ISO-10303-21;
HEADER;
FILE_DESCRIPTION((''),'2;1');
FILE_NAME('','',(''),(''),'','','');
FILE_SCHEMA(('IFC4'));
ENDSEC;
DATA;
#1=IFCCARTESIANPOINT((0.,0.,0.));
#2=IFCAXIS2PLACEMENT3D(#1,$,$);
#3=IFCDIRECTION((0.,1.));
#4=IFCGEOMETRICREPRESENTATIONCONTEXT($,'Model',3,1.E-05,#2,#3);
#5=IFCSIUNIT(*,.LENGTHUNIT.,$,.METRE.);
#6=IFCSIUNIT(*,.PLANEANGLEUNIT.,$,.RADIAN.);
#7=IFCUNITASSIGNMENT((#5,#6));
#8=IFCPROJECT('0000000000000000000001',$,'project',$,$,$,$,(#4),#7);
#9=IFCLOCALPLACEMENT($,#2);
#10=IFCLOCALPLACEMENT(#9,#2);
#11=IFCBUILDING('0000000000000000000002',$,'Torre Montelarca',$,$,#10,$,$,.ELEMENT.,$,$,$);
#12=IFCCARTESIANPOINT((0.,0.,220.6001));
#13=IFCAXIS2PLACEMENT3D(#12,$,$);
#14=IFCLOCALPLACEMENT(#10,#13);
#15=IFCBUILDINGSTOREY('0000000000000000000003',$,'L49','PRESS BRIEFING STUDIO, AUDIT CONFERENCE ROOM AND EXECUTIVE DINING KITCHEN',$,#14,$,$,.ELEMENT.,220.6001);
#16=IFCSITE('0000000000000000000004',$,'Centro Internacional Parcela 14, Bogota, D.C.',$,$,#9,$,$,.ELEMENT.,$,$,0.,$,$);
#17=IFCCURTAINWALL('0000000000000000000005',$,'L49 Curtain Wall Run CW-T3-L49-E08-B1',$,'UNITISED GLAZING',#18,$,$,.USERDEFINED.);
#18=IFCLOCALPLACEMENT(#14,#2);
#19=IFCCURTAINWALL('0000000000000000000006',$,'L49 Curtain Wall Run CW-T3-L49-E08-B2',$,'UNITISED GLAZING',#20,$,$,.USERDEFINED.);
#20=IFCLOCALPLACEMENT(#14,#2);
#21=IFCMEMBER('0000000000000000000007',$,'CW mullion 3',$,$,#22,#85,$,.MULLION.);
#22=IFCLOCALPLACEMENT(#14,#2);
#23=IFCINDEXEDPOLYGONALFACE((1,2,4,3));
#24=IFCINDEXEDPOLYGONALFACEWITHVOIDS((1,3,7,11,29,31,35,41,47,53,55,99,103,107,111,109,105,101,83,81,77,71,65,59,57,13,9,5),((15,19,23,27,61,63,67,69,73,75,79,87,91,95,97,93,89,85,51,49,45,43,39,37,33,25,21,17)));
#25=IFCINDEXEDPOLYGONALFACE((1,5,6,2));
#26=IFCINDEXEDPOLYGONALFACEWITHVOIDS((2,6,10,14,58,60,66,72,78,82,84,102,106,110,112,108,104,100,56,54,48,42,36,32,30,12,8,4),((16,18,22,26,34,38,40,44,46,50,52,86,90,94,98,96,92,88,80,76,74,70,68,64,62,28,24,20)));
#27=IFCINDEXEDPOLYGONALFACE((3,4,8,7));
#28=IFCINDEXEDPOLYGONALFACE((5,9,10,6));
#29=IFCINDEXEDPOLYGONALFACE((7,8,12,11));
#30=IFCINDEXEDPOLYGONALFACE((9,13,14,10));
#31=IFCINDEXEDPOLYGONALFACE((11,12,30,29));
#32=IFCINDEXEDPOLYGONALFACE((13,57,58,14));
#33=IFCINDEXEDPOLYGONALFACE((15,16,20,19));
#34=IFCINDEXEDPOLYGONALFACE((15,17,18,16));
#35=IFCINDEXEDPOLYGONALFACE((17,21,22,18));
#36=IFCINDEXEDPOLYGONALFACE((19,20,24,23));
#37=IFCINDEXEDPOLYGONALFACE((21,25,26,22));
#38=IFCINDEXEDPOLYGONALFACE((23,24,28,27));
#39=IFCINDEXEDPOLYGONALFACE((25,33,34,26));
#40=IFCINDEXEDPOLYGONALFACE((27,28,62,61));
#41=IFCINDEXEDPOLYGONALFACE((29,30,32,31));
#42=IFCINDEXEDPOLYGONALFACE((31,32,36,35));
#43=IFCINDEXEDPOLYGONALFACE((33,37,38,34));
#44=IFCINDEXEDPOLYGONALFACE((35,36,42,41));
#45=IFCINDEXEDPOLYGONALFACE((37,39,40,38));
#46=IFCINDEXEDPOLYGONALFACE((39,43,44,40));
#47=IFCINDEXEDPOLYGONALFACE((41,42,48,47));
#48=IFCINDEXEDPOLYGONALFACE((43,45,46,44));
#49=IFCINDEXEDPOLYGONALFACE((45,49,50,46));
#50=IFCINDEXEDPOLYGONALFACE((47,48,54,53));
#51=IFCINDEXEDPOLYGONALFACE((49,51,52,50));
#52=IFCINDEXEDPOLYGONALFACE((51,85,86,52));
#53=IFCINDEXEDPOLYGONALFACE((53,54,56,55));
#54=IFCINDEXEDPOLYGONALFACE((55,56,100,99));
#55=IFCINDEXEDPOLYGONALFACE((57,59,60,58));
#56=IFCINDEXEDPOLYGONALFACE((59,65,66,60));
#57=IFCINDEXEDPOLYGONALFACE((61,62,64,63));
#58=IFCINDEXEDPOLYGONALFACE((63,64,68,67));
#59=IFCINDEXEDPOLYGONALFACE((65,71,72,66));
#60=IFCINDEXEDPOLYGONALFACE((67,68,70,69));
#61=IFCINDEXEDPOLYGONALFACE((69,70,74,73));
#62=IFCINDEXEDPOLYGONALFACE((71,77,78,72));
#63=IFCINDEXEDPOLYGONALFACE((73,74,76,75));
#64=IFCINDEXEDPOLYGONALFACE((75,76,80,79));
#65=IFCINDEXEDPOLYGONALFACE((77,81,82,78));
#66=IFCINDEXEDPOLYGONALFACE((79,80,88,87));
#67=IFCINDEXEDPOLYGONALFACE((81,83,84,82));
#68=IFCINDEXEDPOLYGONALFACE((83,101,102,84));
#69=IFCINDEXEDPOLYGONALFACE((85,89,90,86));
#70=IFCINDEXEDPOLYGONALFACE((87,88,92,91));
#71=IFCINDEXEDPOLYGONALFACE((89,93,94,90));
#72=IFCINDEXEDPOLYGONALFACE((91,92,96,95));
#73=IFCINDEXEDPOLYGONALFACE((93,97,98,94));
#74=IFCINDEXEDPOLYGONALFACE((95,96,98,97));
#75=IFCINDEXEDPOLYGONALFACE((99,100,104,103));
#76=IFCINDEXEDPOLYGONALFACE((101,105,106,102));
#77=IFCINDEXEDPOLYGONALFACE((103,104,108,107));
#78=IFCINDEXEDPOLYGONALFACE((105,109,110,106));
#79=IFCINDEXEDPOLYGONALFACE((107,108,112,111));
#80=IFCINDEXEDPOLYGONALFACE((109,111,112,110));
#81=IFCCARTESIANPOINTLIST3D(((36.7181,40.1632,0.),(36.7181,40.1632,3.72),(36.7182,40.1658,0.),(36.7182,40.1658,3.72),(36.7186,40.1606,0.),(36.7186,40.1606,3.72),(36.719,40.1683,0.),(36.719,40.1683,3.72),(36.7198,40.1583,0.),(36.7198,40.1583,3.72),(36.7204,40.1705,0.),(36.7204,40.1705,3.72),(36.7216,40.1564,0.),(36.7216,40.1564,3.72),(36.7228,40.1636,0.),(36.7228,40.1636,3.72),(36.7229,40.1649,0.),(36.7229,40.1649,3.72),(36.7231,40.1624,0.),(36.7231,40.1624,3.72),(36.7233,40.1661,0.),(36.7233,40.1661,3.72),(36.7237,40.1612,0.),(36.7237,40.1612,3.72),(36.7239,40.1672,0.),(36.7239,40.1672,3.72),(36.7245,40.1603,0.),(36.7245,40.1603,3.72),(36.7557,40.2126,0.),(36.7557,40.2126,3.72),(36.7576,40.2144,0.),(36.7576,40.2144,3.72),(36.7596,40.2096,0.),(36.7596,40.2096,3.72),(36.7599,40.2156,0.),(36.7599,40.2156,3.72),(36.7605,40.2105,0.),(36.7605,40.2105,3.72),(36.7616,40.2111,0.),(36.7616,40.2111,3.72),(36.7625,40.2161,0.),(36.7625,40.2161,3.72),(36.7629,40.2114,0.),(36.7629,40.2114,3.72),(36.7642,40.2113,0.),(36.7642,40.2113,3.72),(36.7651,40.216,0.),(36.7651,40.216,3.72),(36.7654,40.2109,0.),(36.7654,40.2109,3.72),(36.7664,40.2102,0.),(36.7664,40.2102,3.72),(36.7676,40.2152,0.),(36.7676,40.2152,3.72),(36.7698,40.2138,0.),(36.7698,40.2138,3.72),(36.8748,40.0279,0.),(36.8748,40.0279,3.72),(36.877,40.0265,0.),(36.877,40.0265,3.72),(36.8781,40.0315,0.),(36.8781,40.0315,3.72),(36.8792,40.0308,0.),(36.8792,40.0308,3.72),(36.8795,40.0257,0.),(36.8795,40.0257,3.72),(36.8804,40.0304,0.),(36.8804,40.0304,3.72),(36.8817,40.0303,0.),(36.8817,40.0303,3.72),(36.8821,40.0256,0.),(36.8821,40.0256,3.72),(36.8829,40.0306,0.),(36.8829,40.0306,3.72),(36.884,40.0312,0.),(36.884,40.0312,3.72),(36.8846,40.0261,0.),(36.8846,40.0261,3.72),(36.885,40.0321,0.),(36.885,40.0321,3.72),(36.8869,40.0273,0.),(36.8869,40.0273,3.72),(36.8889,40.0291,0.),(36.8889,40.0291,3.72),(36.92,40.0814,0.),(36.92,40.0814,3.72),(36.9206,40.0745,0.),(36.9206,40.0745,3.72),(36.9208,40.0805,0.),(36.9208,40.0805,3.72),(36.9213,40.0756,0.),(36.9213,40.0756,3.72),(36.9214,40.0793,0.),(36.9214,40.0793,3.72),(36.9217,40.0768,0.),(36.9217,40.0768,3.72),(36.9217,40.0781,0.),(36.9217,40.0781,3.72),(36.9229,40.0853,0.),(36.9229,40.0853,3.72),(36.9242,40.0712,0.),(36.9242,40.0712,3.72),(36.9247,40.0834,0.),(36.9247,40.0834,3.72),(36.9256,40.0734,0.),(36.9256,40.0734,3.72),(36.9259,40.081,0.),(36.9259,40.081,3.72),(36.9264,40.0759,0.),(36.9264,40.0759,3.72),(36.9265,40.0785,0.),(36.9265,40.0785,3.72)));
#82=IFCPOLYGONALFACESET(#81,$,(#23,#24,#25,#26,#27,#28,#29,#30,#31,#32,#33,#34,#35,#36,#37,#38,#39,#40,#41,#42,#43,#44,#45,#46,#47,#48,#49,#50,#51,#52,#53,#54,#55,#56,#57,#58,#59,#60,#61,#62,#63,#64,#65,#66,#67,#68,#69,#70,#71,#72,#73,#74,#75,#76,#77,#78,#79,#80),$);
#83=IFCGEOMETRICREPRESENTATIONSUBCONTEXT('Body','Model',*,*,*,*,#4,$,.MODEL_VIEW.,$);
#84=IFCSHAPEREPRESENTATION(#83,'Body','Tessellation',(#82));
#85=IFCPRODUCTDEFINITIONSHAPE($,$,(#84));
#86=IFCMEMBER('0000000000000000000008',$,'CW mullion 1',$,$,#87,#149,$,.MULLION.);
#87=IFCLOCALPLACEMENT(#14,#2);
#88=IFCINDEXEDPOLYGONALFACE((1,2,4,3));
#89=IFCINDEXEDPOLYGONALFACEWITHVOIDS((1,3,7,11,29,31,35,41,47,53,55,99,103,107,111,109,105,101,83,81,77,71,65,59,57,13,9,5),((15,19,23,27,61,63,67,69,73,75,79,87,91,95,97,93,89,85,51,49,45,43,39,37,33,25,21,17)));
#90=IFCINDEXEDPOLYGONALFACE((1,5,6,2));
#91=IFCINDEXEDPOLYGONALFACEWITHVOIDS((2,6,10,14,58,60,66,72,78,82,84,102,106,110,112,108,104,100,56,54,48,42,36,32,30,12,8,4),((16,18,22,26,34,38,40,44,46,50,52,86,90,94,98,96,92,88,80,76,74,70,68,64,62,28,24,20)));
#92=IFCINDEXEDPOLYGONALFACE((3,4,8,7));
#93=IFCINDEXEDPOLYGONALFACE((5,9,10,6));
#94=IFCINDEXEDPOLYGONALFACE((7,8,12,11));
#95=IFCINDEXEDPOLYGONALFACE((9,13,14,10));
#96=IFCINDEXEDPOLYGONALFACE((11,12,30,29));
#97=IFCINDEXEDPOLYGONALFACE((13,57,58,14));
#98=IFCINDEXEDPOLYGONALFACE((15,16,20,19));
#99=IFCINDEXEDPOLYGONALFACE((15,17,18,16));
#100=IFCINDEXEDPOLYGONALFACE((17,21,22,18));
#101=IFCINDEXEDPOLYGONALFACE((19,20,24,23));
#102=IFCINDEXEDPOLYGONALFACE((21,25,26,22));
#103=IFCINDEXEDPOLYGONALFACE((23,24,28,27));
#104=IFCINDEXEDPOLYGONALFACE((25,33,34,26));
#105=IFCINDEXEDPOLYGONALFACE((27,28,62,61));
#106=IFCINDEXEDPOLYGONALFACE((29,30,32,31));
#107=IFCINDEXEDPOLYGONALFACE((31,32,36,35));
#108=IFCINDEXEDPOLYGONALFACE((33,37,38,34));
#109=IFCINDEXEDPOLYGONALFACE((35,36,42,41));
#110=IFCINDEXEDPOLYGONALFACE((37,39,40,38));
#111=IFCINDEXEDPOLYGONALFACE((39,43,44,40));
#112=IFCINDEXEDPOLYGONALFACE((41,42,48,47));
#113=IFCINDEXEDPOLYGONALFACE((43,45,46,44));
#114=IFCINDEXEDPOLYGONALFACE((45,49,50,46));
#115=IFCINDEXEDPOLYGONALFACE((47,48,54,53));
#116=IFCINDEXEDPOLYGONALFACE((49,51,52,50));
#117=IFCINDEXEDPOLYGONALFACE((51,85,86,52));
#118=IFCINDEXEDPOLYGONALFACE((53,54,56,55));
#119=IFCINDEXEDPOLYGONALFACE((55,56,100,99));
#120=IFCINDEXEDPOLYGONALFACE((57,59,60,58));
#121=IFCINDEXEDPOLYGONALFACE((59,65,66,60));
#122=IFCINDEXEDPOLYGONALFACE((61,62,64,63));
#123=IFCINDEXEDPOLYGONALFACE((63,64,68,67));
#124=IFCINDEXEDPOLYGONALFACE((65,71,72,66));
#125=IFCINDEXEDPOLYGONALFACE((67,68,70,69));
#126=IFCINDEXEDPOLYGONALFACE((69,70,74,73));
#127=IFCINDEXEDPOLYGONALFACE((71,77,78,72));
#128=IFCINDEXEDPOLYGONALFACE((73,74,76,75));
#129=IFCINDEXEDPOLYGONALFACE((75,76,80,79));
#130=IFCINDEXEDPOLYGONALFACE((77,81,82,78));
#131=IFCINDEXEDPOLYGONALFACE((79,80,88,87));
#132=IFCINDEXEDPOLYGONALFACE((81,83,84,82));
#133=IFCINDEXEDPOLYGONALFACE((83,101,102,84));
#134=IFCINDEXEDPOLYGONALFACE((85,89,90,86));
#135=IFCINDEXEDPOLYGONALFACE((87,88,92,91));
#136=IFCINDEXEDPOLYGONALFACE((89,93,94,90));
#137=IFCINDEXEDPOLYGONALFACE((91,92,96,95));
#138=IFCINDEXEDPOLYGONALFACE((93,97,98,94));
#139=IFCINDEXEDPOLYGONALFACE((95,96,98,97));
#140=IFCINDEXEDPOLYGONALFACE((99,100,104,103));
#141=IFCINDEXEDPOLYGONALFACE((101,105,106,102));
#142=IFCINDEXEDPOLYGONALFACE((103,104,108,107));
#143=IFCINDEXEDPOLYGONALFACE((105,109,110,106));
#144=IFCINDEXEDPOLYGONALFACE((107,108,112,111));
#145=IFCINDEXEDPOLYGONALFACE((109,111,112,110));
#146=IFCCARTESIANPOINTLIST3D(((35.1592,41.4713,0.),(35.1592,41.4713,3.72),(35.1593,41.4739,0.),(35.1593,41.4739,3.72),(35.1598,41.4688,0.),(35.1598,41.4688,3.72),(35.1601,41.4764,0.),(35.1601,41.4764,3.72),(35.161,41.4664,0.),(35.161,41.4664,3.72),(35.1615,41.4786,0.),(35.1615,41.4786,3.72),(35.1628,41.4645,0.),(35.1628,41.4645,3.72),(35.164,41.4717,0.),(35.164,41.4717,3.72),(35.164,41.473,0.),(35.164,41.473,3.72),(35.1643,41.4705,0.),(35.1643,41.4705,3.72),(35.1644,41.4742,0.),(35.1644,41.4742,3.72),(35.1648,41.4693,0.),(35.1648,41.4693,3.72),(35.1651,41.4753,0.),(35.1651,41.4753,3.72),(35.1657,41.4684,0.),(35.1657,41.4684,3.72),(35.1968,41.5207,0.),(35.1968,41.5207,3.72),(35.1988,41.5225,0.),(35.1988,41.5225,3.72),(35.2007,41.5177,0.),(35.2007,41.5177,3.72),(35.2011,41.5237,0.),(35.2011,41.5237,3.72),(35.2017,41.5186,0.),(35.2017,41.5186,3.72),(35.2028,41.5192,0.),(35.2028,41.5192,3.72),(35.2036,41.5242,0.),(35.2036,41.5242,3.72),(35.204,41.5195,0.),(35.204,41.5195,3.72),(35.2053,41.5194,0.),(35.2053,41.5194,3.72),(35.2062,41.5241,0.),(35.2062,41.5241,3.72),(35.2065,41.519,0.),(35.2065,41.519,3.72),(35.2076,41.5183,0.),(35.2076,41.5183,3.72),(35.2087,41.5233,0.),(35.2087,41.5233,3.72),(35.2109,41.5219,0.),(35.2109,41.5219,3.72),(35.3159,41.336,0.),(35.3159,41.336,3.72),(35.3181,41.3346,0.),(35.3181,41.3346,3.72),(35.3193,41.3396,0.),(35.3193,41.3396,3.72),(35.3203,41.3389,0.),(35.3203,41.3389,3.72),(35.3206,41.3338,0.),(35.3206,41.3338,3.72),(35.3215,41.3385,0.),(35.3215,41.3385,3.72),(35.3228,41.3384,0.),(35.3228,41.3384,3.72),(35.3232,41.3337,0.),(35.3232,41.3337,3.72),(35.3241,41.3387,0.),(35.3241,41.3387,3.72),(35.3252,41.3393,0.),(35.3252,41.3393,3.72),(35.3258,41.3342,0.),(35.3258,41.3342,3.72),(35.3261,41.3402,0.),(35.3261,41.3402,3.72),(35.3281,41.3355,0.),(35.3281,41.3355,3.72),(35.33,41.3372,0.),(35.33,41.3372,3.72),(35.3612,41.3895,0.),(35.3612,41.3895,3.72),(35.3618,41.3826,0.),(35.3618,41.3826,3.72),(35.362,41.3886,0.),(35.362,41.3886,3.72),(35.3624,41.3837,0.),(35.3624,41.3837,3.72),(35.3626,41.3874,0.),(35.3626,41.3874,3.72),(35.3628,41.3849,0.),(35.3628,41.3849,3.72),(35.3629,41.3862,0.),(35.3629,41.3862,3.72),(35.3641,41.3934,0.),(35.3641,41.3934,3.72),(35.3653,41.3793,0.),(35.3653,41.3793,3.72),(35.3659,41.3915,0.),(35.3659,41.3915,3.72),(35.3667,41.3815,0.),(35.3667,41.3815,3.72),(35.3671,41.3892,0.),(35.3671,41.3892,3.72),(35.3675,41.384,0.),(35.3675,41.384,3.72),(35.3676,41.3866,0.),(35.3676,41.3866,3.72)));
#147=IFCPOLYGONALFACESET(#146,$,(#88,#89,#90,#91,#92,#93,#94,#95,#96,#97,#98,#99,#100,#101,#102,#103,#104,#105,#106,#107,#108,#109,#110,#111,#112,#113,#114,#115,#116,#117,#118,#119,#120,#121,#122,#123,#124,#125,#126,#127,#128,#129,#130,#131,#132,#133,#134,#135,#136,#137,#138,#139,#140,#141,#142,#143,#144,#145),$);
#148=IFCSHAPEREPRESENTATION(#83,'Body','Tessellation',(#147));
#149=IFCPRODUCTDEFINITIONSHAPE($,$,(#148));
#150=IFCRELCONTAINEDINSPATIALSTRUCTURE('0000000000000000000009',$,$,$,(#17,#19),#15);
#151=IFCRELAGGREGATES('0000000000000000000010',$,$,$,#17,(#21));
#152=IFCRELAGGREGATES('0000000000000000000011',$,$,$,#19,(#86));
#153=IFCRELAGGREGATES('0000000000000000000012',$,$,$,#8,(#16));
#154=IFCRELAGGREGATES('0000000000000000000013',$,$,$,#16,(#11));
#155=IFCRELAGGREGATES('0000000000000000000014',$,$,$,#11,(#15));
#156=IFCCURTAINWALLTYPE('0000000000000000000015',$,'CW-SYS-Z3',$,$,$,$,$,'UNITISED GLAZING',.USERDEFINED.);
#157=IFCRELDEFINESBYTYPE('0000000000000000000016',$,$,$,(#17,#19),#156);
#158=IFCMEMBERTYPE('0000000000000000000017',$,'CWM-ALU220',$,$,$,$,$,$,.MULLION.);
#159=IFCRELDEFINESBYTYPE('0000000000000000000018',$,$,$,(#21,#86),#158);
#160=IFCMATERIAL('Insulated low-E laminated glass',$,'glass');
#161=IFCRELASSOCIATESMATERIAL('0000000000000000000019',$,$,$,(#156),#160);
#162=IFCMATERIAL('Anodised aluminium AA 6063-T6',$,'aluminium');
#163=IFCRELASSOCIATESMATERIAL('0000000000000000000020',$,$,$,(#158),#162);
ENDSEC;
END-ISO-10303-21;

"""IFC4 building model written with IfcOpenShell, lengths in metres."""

from ifc_helpers import new_model, si_unit, direction, frame, origin, origin_2d, place, context, subcontext, project, spatial, hollow_rectangle, extrude, source, transform, mapped, material, material_profile, profile_set, type_object, element, aggregate, save


model = new_model("IFC4")

# Units and contexts
model_context = context("Model", 3, precision=1e-05, world=origin(), true_north=direction((0.0, 1.0)))
body_context = subcontext(model_context, "Body", "Model", "MODEL_VIEW")
ifc_project = project(units=[si_unit("LENGTHUNIT", "METRE"), si_unit("PLANEANGLEUNIT", "RADIAN")], contexts=[model_context])

# Site, building, storey
site_placement = place(None, origin())
site = spatial("IfcSite", under=ifc_project, at=site_placement, Name="Centro Internacional Parcela 14, Bogota, D.C.", CompositionType="ELEMENT", RefElevation=0.0)
building_placement = place(site_placement, origin())
building = spatial("IfcBuilding", under=site, at=building_placement, Name="Torre Montelarca", CompositionType="ELEMENT")
storey_placement = place(building_placement, frame((0.0, 0.0, 220.6001)))
storey = spatial("IfcBuildingStorey", under=building, at=storey_placement, Name="L49", Description="PRESS BRIEFING STUDIO, AUDIT CONFERENCE ROOM AND EXECUTIVE DINING KITCHEN", CompositionType="ELEMENT", Elevation=220.6001)

# Curtain wall
ifc_material_1 = material(Name="Insulated low-E laminated glass", Category="glass")
curtain_wall_type = type_object("IfcCurtainWallType", Name="CW-SYS-Z3", ElementType="UNITISED GLAZING", PredefinedType="USERDEFINED", material=ifc_material_1)
curtain_wall_1_placement = place(storey_placement, origin())
curtain_wall_1 = element("IfcCurtainWall", 1, at=curtain_wall_1_placement, inside=storey, type_object=curtain_wall_type, Name="L49 Curtain Wall Run CW-T3-L49-E08-B1", ObjectType="UNITISED GLAZING", PredefinedType="USERDEFINED")
ifc_material_2 = material(Name="Anodised aluminium AA 6063-T6", Category="aluminium")

# Curtain wall
curtain_wall_2_placement = place(storey_placement, origin())
curtain_wall_2 = element("IfcCurtainWall", 2, at=curtain_wall_2_placement, inside=storey, type_object=curtain_wall_type, Name="L49 Curtain Wall Run CW-T3-L49-E08-B2", ObjectType="UNITISED GLAZING", PredefinedType="USERDEFINED")

# Members
ifc_material_profile_1 = material_profile(ifc_material_2, hollow_rectangle(XDim=0.075, YDim=0.22, WallThickness=0.0049, InnerFilletRadius=0.0049, OuterFilletRadius=0.01, at=origin_2d()), Name="ALU75X220X5", Category="aluminium")
ifc_profile_set_1 = profile_set([ifc_material_profile_1], Name="Anodised aluminium AA 6063-T6")
member_type_1 = type_object("IfcMemberType", Name="CWM-ALU220", PredefinedType="MULLION", material=ifc_profile_set_1)
shared_shape_1 = source(origin(), body_context, "Body", "SweptSolid", [
    extrude(hollow_rectangle(XDim=0.075, YDim=0.22, WallThickness=0.0049, InnerFilletRadius=0.0049, OuterFilletRadius=0.01, at=origin_2d()), origin(), (0.0, 0.0, 1.0), 3.72),
])
member_1_placement = place(storey_placement, frame((36.8223, 40.1208, 0.0), z_axis=(0.0, 0.0, 1.0), x_axis=(-0.642789, -0.766043, 0.0)))
member_1 = element("IfcMember", 3, at=member_1_placement, type_object=member_type_1, Name="CW mullion 3", PredefinedType="MULLION", context=body_context, shape_type="MappedRepresentation", body=[
    mapped(shared_shape_1, transform((0.0, 0.0, 0.0), scale=1.0)),
])
member_2_placement = place(storey_placement, frame((35.2634, 41.429, 0.0), z_axis=(0.0, 0.0, 1.0), x_axis=(-0.642789, -0.766043, 0.0)))
member_2 = element("IfcMember", 4, at=member_2_placement, type_object=member_type_1, Name="CW mullion 1", PredefinedType="MULLION", context=body_context, shape_type="MappedRepresentation", body=[
    mapped(shared_shape_1, transform((0.0, 0.0, 0.0), scale=1.0)),
])

aggregate(curtain_wall_1, [member_1])
aggregate(curtain_wall_2, [member_2])

save(model, "model.ifc")
